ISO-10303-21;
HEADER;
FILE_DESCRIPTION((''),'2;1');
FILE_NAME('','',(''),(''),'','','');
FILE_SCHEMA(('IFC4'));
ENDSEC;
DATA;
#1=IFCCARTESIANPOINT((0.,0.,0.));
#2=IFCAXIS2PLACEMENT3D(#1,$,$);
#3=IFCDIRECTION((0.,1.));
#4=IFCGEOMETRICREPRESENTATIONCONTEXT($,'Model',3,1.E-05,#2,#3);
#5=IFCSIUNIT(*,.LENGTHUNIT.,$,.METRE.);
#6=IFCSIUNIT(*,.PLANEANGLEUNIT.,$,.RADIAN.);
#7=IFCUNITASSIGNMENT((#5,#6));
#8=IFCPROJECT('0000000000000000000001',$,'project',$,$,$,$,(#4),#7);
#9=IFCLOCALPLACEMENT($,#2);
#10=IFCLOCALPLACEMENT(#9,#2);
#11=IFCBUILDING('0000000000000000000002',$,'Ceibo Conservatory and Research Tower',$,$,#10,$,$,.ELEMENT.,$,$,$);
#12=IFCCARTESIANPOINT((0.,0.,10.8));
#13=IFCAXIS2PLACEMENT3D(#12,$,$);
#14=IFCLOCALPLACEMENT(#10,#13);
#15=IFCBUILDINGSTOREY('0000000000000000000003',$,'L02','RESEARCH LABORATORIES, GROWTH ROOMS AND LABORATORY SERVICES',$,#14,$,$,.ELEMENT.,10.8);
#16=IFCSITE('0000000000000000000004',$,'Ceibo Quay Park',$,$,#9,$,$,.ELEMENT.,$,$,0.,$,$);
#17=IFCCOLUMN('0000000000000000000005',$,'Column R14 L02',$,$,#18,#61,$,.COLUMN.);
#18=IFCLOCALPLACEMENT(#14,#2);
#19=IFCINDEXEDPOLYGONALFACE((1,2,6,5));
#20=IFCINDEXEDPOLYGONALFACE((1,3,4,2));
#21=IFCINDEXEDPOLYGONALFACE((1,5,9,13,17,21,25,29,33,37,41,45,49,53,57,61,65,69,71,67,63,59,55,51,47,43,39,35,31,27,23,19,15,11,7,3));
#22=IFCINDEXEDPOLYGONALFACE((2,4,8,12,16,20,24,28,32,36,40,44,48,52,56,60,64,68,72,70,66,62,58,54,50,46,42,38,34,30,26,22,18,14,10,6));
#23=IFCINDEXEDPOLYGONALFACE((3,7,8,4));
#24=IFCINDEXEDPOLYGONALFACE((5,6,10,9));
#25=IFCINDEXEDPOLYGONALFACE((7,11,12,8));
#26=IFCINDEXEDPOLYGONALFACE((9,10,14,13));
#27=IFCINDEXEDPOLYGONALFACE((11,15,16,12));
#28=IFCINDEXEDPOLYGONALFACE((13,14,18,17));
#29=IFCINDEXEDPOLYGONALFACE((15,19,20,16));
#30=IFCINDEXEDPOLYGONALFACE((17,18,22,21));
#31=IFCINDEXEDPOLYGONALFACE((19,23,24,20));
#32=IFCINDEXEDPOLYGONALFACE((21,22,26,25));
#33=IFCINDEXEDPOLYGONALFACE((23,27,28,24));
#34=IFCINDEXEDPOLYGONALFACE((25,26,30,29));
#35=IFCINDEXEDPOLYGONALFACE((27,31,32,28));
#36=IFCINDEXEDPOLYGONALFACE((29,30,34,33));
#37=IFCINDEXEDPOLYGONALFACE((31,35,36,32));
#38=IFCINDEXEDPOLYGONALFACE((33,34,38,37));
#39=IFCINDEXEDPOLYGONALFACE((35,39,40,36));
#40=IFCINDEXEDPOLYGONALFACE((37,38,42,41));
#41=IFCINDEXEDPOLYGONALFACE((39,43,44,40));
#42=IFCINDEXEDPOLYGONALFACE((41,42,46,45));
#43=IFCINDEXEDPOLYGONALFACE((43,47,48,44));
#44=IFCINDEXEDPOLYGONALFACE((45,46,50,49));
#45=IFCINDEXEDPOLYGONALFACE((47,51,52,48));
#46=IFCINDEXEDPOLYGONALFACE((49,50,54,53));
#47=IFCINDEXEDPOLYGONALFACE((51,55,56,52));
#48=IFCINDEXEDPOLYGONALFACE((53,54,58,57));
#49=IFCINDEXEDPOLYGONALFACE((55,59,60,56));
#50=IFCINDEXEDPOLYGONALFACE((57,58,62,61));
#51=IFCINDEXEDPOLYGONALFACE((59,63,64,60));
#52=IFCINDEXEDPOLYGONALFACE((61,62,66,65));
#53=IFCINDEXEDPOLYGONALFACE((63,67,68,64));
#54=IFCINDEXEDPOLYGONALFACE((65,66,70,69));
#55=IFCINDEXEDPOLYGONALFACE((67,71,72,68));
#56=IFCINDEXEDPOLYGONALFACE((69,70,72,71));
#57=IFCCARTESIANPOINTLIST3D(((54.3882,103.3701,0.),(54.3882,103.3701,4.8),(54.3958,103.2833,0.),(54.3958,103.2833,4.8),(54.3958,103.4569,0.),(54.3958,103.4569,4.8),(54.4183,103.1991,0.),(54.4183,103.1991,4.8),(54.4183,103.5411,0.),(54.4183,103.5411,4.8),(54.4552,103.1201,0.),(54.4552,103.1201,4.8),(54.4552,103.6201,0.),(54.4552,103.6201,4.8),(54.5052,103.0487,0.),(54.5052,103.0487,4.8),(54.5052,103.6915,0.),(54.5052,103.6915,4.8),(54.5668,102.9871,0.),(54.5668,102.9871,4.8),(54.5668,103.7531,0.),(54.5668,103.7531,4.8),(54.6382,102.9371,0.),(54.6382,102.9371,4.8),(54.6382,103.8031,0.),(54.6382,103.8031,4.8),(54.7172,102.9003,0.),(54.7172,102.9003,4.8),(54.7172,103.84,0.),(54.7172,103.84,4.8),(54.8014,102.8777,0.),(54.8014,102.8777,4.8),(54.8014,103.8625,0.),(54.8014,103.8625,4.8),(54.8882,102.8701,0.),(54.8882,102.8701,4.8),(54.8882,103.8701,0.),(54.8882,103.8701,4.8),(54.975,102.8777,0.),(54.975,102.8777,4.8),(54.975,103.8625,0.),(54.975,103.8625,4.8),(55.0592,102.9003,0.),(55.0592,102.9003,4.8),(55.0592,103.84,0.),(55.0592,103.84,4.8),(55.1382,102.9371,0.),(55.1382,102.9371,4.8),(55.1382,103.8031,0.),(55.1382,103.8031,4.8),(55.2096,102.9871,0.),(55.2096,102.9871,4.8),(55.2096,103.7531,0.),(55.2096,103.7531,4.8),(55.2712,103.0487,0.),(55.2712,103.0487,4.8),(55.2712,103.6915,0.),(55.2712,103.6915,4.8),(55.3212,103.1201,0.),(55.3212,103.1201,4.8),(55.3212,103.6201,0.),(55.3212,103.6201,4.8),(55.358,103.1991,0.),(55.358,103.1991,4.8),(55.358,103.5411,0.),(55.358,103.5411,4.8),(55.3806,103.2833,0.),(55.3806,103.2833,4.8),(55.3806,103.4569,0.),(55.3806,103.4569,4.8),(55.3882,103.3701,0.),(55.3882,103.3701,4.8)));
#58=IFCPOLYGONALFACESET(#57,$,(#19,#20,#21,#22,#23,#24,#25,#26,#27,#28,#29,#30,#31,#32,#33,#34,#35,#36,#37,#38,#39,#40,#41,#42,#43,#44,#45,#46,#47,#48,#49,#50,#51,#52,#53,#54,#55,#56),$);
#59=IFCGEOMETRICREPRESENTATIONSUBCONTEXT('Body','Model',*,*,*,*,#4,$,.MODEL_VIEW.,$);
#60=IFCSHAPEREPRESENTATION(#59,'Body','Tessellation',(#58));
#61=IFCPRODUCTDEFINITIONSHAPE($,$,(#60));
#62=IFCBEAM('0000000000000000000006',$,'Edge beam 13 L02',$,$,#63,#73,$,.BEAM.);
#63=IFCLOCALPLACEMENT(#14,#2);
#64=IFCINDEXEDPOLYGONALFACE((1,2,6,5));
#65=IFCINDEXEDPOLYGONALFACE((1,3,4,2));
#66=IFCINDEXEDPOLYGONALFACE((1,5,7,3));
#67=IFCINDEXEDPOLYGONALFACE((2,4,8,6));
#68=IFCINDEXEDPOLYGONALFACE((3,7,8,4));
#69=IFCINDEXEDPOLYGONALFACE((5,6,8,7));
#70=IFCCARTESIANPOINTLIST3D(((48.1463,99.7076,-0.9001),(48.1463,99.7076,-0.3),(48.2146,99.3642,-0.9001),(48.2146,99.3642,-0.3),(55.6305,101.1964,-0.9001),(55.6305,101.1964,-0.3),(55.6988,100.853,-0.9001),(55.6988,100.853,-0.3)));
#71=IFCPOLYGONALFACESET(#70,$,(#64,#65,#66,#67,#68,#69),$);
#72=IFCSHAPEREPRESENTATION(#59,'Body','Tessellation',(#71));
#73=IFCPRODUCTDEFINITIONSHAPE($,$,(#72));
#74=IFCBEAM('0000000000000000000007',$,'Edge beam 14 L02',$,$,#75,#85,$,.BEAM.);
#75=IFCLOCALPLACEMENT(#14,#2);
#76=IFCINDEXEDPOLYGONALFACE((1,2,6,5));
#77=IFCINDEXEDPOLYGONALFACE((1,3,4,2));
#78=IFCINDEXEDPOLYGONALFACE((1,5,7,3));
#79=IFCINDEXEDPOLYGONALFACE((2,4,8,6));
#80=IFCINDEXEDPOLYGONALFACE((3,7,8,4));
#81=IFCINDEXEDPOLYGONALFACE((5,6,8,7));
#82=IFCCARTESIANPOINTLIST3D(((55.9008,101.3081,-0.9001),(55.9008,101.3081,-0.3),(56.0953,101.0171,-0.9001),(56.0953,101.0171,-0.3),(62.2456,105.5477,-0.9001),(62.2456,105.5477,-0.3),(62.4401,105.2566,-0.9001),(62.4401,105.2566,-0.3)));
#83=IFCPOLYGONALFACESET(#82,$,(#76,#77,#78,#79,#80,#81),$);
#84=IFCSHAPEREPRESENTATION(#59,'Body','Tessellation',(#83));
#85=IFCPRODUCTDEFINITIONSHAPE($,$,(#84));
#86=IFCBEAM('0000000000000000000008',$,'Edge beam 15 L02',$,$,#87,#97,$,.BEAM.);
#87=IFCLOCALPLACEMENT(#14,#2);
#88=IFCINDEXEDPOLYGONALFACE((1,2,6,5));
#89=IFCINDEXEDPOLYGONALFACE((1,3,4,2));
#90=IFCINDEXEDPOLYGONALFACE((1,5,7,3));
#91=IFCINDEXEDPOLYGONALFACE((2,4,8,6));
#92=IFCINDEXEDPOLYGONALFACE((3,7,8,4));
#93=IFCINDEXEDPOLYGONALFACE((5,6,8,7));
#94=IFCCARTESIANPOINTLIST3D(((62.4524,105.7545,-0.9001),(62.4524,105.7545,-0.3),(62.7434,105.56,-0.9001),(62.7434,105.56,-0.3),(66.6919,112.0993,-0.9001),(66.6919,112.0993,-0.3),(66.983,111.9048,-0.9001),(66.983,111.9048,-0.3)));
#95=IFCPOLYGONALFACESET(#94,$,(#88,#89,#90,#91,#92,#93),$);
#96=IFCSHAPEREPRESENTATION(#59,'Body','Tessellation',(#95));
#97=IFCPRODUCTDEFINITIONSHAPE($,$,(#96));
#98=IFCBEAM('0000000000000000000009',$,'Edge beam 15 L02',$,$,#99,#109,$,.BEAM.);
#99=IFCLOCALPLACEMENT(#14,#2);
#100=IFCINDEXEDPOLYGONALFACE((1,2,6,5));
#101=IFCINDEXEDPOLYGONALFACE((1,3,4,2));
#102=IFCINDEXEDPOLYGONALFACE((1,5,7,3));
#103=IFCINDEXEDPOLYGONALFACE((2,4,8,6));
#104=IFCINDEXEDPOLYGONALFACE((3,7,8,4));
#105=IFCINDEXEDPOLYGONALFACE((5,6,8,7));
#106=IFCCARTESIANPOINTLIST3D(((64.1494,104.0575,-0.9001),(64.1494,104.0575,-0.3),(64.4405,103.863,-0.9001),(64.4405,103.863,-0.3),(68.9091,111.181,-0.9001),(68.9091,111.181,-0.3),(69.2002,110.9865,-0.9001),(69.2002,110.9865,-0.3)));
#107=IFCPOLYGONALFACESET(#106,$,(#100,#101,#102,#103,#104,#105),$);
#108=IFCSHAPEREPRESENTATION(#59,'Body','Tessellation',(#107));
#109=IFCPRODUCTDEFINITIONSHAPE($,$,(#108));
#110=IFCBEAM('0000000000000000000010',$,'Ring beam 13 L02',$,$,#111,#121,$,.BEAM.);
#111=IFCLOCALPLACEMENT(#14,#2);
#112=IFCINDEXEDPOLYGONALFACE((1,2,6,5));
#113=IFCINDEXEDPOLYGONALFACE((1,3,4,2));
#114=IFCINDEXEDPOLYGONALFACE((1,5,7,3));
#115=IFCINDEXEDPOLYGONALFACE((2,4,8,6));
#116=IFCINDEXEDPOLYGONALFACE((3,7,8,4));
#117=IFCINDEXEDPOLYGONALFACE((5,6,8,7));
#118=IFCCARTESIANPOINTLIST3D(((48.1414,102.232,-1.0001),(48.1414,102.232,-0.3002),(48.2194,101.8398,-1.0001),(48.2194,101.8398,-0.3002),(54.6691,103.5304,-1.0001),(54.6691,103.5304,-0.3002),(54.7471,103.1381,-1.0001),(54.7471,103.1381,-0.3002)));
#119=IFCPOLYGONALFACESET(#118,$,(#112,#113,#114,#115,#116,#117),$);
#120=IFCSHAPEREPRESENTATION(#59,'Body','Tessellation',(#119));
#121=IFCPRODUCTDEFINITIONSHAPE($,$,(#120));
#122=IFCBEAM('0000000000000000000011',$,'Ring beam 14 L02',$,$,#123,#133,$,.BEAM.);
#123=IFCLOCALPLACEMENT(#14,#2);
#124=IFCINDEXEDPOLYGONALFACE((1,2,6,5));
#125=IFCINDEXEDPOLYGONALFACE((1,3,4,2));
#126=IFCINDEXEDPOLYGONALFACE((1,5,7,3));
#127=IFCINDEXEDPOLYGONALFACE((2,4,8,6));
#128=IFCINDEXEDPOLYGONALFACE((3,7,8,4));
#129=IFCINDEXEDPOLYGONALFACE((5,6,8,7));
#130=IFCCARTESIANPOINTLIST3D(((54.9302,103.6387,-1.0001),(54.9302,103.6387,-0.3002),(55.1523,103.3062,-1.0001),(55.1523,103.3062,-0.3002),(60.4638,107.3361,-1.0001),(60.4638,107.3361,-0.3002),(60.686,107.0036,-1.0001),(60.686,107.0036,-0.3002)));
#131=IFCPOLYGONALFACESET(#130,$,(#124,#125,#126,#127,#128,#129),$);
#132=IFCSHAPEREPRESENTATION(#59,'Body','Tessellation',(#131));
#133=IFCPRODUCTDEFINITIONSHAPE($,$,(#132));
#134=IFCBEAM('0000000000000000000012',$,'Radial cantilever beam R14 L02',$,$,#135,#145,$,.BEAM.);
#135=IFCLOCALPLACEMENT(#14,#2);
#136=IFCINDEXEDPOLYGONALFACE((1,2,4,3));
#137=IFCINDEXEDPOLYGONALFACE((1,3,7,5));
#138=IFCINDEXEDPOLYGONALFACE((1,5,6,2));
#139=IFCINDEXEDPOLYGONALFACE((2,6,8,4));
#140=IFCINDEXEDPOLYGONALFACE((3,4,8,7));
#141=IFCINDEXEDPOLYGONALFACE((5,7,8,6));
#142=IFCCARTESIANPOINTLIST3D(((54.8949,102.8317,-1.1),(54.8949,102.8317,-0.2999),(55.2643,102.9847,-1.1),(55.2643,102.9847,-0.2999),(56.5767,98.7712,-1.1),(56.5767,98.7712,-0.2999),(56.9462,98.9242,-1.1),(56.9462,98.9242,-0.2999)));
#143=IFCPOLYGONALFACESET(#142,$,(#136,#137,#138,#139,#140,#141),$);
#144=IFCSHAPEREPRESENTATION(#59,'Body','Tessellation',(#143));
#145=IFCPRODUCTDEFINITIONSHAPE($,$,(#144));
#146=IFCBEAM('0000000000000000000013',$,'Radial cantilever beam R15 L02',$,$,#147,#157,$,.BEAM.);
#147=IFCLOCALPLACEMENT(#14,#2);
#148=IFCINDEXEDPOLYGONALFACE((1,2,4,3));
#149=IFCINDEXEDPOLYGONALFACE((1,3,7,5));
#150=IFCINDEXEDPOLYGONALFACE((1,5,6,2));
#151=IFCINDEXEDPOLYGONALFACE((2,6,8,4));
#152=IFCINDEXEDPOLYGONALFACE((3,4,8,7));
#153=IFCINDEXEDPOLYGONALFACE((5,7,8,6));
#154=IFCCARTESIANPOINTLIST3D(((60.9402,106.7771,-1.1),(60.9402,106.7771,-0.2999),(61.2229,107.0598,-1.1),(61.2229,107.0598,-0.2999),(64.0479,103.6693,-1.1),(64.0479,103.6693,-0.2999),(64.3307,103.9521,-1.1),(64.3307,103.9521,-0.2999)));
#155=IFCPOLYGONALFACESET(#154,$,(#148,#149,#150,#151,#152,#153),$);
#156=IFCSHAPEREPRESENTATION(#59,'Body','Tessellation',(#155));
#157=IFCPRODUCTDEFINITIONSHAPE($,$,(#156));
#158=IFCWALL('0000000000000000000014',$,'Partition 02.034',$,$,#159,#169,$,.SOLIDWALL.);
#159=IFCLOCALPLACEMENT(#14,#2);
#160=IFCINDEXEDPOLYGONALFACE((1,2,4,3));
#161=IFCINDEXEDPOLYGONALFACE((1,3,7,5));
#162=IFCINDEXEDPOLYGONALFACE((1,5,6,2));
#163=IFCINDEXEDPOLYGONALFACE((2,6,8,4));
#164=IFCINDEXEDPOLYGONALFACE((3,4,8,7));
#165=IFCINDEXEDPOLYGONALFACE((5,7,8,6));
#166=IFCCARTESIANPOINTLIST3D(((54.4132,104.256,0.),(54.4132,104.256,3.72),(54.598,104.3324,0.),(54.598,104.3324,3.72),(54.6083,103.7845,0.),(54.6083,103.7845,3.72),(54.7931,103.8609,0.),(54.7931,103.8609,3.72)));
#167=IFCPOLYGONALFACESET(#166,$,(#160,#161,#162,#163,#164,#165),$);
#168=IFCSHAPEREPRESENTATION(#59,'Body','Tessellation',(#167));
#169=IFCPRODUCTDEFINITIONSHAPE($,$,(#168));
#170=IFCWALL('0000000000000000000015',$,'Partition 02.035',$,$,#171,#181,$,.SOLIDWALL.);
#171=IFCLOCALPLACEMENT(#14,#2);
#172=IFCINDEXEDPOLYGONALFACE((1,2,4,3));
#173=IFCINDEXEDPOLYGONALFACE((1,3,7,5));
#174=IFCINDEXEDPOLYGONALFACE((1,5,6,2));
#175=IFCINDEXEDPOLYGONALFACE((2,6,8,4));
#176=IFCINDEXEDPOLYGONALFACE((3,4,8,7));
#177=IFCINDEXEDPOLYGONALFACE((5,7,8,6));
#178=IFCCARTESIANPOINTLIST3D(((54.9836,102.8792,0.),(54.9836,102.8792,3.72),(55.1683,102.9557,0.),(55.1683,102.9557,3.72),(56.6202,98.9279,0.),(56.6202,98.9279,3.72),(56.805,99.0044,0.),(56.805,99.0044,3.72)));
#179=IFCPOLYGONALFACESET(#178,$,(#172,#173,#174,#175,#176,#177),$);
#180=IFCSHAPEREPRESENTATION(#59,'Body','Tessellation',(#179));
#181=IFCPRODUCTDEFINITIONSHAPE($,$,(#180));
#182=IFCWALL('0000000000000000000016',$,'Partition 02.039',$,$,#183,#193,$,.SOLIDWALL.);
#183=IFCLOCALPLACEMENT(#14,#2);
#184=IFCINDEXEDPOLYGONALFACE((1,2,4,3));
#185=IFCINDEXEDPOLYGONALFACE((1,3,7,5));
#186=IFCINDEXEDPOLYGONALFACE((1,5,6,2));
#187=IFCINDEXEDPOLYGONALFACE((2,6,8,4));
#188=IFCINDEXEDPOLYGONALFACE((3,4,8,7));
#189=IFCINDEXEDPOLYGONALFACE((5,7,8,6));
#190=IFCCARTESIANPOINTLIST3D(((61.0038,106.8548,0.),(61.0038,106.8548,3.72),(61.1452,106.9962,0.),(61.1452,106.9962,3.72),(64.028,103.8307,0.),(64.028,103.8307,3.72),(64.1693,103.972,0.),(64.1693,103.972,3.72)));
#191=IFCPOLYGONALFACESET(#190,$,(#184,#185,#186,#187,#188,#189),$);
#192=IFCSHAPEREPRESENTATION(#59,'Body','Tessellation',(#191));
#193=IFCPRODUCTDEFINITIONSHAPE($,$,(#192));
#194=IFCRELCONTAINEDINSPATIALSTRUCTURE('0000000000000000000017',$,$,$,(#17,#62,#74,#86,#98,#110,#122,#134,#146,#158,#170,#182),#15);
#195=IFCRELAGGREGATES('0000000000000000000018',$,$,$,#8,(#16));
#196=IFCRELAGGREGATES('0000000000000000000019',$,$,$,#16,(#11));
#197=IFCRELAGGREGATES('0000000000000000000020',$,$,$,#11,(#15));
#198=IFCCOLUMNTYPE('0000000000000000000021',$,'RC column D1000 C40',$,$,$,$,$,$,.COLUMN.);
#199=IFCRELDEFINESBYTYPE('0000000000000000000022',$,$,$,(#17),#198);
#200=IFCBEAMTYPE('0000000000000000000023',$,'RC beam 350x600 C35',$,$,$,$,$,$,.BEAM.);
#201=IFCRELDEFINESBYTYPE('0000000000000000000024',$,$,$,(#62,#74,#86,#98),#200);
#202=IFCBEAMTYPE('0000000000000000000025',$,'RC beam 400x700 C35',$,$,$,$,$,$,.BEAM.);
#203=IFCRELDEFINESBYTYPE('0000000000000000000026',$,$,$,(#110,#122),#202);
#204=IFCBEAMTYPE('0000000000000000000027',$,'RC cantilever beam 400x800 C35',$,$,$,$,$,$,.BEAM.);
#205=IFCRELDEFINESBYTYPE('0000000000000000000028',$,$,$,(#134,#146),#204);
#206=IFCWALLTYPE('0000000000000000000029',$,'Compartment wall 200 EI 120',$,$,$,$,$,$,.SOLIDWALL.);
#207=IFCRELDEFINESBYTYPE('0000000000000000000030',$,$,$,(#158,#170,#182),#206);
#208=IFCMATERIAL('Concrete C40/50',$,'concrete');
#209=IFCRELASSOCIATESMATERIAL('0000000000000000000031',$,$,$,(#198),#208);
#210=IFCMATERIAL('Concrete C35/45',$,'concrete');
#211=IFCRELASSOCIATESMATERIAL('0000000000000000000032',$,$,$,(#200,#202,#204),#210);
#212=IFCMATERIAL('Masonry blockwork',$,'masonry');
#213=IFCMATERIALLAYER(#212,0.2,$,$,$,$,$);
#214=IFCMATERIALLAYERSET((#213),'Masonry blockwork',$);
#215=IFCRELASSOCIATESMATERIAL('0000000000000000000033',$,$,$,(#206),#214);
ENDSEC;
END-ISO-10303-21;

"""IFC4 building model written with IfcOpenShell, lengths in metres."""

from ifc_helpers import new_model, si_unit, direction, frame, frame_2d, origin, origin_2d, place, context, subcontext, project, spatial, rectangle, circle, extrude, material, layer, layer_set, material_profile, profile_set, type_object, element, save


model = new_model("IFC4")

# Units and contexts
model_context = context("Model", 3, precision=1e-05, world=origin(), true_north=direction((0.0, 1.0)))
body_context = subcontext(model_context, "Body", "Model", "MODEL_VIEW")
ifc_project = project(units=[si_unit("LENGTHUNIT", "METRE"), si_unit("PLANEANGLEUNIT", "RADIAN")], contexts=[model_context])

# Site, building, storey
site_placement = place(None, origin())
site = spatial("IfcSite", under=ifc_project, at=site_placement, Name="Ceibo Quay Park", CompositionType="ELEMENT", RefElevation=0.0)
building_placement = place(site_placement, origin())
building = spatial("IfcBuilding", under=site, at=building_placement, Name="Ceibo Conservatory and Research Tower", CompositionType="ELEMENT")
storey_placement = place(building_placement, frame((0.0, 0.0, 10.8)))
storey = spatial("IfcBuildingStorey", under=building, at=storey_placement, Name="L02", Description="RESEARCH LABORATORIES, GROWTH ROOMS AND LABORATORY SERVICES", CompositionType="ELEMENT", Elevation=10.8)

# Column
ifc_material_1 = material(Name="Concrete C40/50", Category="concrete")
ifc_material_profile_1 = material_profile(ifc_material_1, circle(Radius=0.5, at=origin_2d()), Name="RC D1000")
ifc_profile_set_1 = profile_set([ifc_material_profile_1], Name="Concrete C40/50")
column_type = type_object("IfcColumnType", Name="RC column D1000 C40", PredefinedType="COLUMN", material=ifc_profile_set_1)
column_placement = place(storey_placement, frame((54.8882, 103.3701, 0.0), z_axis=(0.0, 0.0, 1.0), x_axis=(1.0, 0.0, 0.0)))
element("IfcColumn", 1, at=column_placement, inside=storey, type_object=column_type, Name="Column R14 L02", PredefinedType="COLUMN", context=body_context, shape_type="SweptSolid", body=[
    extrude(circle(Radius=0.5, at=origin_2d()), origin(), (0.0, 0.0, 1.0), 4.8),
])

# Beams
ifc_material_2 = material(Name="Concrete C35/45", Category="concrete")
ifc_material_profile_2 = material_profile(ifc_material_2, rectangle(XDim=0.3501, YDim=0.6001, at=origin_2d()), Name="RC 350x600")
ifc_profile_set_2 = profile_set([ifc_material_profile_2], Name="Concrete C35/45")
beam_type_1 = type_object("IfcBeamType", Name="RC beam 350x600 C35", PredefinedType="BEAM", material=ifc_profile_set_2)
for number, where, z_axis, x_axis, name in (
    (2, (48.1804, 99.5359, -0.6001), (0.980783, 0.195101, 0.0), (-0.195101, 0.980783, 0.0), "Edge beam 13 L02"),
    (3, (55.998, 101.1626, -0.6001), (0.831464, 0.555578, 0.0), (-0.555578, 0.831464, 0.0), "Edge beam 14 L02"),
    (4, (62.5979, 105.6572, -0.6001), (0.555578, 0.831464, 0.0), (-0.831464, 0.555578, 0.0), "Edge beam 15 L02"),
):
    element("IfcBeam", number, at=place(storey_placement, frame(where, z_axis=z_axis, x_axis=x_axis)), inside=storey, type_object=beam_type_1, Name=name, PredefinedType="BEAM", context=body_context, shape_type="SweptSolid", body=[
        extrude(rectangle(XDim=0.3501, YDim=0.6001, at=origin_2d()), origin(), (0.0, 0.0, 1.0), 7.6309),
    ])
beam_1_placement = place(storey_placement, frame((64.2949, 103.9602, -0.6001), z_axis=(0.555568, 0.831471, 0.0), x_axis=(-0.831471, 0.555568, 0.0)))
element("IfcBeam", 5, at=beam_1_placement, inside=storey, type_object=beam_type_1, Name="Edge beam 15 L02", PredefinedType="BEAM", context=body_context, shape_type="SweptSolid", body=[
    extrude(rectangle(XDim=0.3501, YDim=0.6001, at=origin_2d()), origin(), (0.0, 0.0, 1.0), 8.5674),
])
ifc_material_profile_3 = material_profile(ifc_material_2, rectangle(XDim=0.3999, YDim=0.7, at=origin_2d()), Name="RC 400x700")
ifc_profile_set_3 = profile_set([ifc_material_profile_3], Name="Concrete C35/45")
beam_type_2 = type_object("IfcBeamType", Name="RC beam 400x700 C35", PredefinedType="BEAM", material=ifc_profile_set_3)
beam_2_placement = place(storey_placement, frame((48.1804, 102.0359, -0.6501), z_axis=(0.980788, 0.195079, 0.0), x_axis=(-0.195079, 0.980788, 0.0)))
element("IfcBeam", 6, at=beam_2_placement, inside=storey, type_object=beam_type_2, Name="Ring beam 13 L02", PredefinedType="BEAM", context=body_context, shape_type="SweptSolid", body=[
    extrude(rectangle(XDim=0.3999, YDim=0.7, at=origin_2d()), origin(), (0.0, 0.0, 1.0), 6.6555),
])
beam_3_placement = place(storey_placement, frame((55.0413, 103.4724, -0.6501), z_axis=(0.831469, 0.555572, 0.0), x_axis=(-0.555572, 0.831469, 0.0)))
element("IfcBeam", 7, at=beam_3_placement, inside=storey, type_object=beam_type_2, Name="Ring beam 14 L02", PredefinedType="BEAM", context=body_context, shape_type="SweptSolid", body=[
    extrude(rectangle(XDim=0.3999, YDim=0.7, at=origin_2d()), origin(), (0.0, 0.0, 1.0), 6.6553),
])
ifc_material_profile_4 = material_profile(ifc_material_2, rectangle(XDim=0.3999, YDim=0.8, at=origin_2d()), Name="RC 400x800")
ifc_profile_set_4 = profile_set([ifc_material_profile_4], Name="Concrete C35/45")
beam_type_3 = type_object("IfcBeamType", Name="RC cantilever beam 400x800 C35", PredefinedType="BEAM", material=ifc_profile_set_4)
for number, where, z_axis, x_axis, name in (
    (8, (55.0796, 102.9082, -0.7), (0.382674, -0.923883, 0.0), (0.923883, 0.382674, 0.0), "Radial cantilever beam R14 L02"),
    (9, (61.0815, 106.9185, -0.7), (0.707107, -0.707107, 0.0), (0.707107, 0.707107, 0.0), "Radial cantilever beam R15 L02"),
):
    element("IfcBeam", number, at=place(storey_placement, frame(where, z_axis=z_axis, x_axis=x_axis)), inside=storey, type_object=beam_type_3, Name=name, PredefinedType="BEAM", context=body_context, shape_type="SweptSolid", body=[
        extrude(rectangle(XDim=0.3999, YDim=0.8, at=origin_2d()), origin(), (0.0, 0.0, 1.0), 4.395),
    ])

# Walls
ifc_material_3 = material(Name="Masonry blockwork", Category="masonry")
ifc_layer_1 = layer(ifc_material_3, 0.2)
ifc_layer_set_1 = layer_set([ifc_layer_1], Name="Masonry blockwork")
wall_type_1 = type_object("IfcWallType", Name="Compartment wall 200 EI 120", PredefinedType="SOLIDWALL", material=ifc_layer_set_1)
wall_1_placement = place(storey_placement, frame((54.5056, 104.2942, 0.0), z_axis=(0.0, 0.0, 1.0), x_axis=(0.382338, -0.924023, 0.0)))
element("IfcWall", 10, at=wall_1_placement, inside=storey, type_object=wall_type_1, Name="Partition 02.034", PredefinedType="SOLIDWALL", context=body_context, shape_type="SweptSolid", body=[
    extrude(rectangle(XDim=0.5103, YDim=0.2, at=frame_2d((0.2551, 0.0))), origin(), (0.0, 0.0, 1.0), 3.72),
])
for number, where, z_axis, x_axis, name in (
    (11, (55.0759, 102.9175, 0.0), (0.0, 0.0, 1.0), (0.382681, -0.92388, 0.0), "Partition 02.035"),
    (12, (61.0745, 106.9255, 0.0), (0.0, 0.0, 1.0), (0.707107, -0.707107, 0.0), "Partition 02.039"),
):
    element("IfcWall", number, at=place(storey_placement, frame(where, z_axis=z_axis, x_axis=x_axis)), inside=storey, type_object=wall_type_1, Name=name, PredefinedType="SOLIDWALL", context=body_context, shape_type="SweptSolid", body=[
        extrude(rectangle(XDim=4.2769, YDim=0.2, at=frame_2d((2.1384, 0.0))), origin(), (0.0, 0.0, 1.0), 3.72),
    ])

save(model, "model.ifc")
